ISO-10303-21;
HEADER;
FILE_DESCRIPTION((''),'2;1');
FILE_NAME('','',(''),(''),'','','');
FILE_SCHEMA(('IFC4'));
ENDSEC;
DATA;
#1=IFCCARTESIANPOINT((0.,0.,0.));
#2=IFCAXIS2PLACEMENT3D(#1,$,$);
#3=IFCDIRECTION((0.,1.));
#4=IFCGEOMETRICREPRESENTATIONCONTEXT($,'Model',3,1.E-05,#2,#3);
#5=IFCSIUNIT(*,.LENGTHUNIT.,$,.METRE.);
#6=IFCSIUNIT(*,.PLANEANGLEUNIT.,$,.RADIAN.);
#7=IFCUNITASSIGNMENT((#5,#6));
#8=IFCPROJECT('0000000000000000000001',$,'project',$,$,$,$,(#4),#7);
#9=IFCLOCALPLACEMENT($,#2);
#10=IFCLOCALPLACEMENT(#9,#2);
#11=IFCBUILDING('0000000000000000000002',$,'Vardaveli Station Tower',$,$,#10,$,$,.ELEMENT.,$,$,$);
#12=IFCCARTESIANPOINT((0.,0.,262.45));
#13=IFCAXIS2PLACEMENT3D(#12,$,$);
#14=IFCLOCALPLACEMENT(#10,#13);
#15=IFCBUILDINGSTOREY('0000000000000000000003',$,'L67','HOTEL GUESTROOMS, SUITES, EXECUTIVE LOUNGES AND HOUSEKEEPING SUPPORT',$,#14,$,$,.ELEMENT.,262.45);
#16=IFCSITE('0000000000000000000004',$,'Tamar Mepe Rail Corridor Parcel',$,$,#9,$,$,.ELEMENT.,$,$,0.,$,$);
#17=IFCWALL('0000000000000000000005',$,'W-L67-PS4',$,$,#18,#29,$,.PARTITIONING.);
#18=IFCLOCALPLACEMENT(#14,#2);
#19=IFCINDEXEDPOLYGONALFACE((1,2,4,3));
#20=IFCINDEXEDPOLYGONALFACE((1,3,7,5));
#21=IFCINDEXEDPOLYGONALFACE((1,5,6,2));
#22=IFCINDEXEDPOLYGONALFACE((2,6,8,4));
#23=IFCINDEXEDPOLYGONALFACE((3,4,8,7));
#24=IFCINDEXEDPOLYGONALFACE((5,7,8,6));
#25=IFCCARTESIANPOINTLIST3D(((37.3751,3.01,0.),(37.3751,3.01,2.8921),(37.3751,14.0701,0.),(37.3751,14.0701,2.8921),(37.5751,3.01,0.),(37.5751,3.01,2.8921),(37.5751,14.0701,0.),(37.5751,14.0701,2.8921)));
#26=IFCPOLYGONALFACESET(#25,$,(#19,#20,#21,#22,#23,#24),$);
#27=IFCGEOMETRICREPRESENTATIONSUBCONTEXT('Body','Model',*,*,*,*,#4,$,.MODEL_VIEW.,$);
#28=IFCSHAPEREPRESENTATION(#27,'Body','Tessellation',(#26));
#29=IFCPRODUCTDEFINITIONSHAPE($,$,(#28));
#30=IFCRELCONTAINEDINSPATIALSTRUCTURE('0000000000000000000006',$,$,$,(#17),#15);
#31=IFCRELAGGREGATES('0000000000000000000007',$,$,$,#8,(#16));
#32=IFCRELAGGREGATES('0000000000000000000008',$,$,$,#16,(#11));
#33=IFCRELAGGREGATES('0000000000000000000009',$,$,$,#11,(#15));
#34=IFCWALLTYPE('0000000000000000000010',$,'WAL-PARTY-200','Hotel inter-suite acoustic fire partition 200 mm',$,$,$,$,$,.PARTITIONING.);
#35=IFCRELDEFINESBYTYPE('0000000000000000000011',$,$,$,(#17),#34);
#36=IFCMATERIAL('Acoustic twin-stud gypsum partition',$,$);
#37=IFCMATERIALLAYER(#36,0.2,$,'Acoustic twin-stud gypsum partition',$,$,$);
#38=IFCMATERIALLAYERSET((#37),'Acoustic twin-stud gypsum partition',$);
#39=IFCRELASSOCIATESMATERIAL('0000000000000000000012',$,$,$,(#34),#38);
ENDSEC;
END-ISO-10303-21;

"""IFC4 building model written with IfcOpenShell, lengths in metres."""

from ifc_helpers import new_model, si_unit, direction, frame, frame_2d, origin, place, context, subcontext, project, spatial, rectangle, extrude, source, transform, mapped, material, layer, layer_set, type_object, element, save


model = new_model("IFC4")

# Units and contexts
model_context = context("Model", 3, precision=1e-05, world=origin(), true_north=direction((0.0, 1.0)))
body_context = subcontext(model_context, "Body", "Model", "MODEL_VIEW")
ifc_project = project(units=[si_unit("LENGTHUNIT", "METRE"), si_unit("PLANEANGLEUNIT", "RADIAN")], contexts=[model_context])

# Site, building, storey
site_placement = place(None, origin())
site = spatial("IfcSite", under=ifc_project, at=site_placement, Name="Tamar Mepe Rail Corridor Parcel", CompositionType="ELEMENT", RefElevation=0.0)
building_placement = place(site_placement, origin())
building = spatial("IfcBuilding", under=site, at=building_placement, Name="Vardaveli Station Tower", CompositionType="ELEMENT")
storey_placement = place(building_placement, frame((0.0, 0.0, 262.45)))
storey = spatial("IfcBuildingStorey", under=building, at=storey_placement, Name="L67", Description="HOTEL GUESTROOMS, SUITES, EXECUTIVE LOUNGES AND HOUSEKEEPING SUPPORT", CompositionType="ELEMENT", Elevation=262.45)

# Wall
ifc_material_1 = material(Name="Acoustic twin-stud gypsum partition")
ifc_layer_1 = layer(ifc_material_1, 0.2, Name="Acoustic twin-stud gypsum partition")
ifc_layer_set_1 = layer_set([ifc_layer_1], Name="Acoustic twin-stud gypsum partition")
wall_type_1 = type_object("IfcWallType", Name="WAL-PARTY-200", Description="Hotel inter-suite acoustic fire partition 200 mm", PredefinedType="PARTITIONING", material=ifc_layer_set_1)
shared_shape_1 = source(origin(), body_context, "Body", "SweptSolid", [
    extrude(rectangle(XDim=11.0601, YDim=0.2, at=frame_2d((5.53, 0.0))), origin(), (0.0, 0.0, 1.0), 2.8921),
])
wall_1_placement = place(storey_placement, frame((37.4751, 3.01, 0.0), z_axis=(0.0, 0.0, 1.0), x_axis=(0.0, 1.0, 0.0)))
element("IfcWall", 1, at=wall_1_placement, inside=storey, type_object=wall_type_1, Name="W-L67-PS4", PredefinedType="PARTITIONING", context=body_context, shape_type="MappedRepresentation", body=[
    mapped(shared_shape_1, transform((0.0, 0.0, 0.0), scale=1.0)),
])

save(model, "model.ifc")
